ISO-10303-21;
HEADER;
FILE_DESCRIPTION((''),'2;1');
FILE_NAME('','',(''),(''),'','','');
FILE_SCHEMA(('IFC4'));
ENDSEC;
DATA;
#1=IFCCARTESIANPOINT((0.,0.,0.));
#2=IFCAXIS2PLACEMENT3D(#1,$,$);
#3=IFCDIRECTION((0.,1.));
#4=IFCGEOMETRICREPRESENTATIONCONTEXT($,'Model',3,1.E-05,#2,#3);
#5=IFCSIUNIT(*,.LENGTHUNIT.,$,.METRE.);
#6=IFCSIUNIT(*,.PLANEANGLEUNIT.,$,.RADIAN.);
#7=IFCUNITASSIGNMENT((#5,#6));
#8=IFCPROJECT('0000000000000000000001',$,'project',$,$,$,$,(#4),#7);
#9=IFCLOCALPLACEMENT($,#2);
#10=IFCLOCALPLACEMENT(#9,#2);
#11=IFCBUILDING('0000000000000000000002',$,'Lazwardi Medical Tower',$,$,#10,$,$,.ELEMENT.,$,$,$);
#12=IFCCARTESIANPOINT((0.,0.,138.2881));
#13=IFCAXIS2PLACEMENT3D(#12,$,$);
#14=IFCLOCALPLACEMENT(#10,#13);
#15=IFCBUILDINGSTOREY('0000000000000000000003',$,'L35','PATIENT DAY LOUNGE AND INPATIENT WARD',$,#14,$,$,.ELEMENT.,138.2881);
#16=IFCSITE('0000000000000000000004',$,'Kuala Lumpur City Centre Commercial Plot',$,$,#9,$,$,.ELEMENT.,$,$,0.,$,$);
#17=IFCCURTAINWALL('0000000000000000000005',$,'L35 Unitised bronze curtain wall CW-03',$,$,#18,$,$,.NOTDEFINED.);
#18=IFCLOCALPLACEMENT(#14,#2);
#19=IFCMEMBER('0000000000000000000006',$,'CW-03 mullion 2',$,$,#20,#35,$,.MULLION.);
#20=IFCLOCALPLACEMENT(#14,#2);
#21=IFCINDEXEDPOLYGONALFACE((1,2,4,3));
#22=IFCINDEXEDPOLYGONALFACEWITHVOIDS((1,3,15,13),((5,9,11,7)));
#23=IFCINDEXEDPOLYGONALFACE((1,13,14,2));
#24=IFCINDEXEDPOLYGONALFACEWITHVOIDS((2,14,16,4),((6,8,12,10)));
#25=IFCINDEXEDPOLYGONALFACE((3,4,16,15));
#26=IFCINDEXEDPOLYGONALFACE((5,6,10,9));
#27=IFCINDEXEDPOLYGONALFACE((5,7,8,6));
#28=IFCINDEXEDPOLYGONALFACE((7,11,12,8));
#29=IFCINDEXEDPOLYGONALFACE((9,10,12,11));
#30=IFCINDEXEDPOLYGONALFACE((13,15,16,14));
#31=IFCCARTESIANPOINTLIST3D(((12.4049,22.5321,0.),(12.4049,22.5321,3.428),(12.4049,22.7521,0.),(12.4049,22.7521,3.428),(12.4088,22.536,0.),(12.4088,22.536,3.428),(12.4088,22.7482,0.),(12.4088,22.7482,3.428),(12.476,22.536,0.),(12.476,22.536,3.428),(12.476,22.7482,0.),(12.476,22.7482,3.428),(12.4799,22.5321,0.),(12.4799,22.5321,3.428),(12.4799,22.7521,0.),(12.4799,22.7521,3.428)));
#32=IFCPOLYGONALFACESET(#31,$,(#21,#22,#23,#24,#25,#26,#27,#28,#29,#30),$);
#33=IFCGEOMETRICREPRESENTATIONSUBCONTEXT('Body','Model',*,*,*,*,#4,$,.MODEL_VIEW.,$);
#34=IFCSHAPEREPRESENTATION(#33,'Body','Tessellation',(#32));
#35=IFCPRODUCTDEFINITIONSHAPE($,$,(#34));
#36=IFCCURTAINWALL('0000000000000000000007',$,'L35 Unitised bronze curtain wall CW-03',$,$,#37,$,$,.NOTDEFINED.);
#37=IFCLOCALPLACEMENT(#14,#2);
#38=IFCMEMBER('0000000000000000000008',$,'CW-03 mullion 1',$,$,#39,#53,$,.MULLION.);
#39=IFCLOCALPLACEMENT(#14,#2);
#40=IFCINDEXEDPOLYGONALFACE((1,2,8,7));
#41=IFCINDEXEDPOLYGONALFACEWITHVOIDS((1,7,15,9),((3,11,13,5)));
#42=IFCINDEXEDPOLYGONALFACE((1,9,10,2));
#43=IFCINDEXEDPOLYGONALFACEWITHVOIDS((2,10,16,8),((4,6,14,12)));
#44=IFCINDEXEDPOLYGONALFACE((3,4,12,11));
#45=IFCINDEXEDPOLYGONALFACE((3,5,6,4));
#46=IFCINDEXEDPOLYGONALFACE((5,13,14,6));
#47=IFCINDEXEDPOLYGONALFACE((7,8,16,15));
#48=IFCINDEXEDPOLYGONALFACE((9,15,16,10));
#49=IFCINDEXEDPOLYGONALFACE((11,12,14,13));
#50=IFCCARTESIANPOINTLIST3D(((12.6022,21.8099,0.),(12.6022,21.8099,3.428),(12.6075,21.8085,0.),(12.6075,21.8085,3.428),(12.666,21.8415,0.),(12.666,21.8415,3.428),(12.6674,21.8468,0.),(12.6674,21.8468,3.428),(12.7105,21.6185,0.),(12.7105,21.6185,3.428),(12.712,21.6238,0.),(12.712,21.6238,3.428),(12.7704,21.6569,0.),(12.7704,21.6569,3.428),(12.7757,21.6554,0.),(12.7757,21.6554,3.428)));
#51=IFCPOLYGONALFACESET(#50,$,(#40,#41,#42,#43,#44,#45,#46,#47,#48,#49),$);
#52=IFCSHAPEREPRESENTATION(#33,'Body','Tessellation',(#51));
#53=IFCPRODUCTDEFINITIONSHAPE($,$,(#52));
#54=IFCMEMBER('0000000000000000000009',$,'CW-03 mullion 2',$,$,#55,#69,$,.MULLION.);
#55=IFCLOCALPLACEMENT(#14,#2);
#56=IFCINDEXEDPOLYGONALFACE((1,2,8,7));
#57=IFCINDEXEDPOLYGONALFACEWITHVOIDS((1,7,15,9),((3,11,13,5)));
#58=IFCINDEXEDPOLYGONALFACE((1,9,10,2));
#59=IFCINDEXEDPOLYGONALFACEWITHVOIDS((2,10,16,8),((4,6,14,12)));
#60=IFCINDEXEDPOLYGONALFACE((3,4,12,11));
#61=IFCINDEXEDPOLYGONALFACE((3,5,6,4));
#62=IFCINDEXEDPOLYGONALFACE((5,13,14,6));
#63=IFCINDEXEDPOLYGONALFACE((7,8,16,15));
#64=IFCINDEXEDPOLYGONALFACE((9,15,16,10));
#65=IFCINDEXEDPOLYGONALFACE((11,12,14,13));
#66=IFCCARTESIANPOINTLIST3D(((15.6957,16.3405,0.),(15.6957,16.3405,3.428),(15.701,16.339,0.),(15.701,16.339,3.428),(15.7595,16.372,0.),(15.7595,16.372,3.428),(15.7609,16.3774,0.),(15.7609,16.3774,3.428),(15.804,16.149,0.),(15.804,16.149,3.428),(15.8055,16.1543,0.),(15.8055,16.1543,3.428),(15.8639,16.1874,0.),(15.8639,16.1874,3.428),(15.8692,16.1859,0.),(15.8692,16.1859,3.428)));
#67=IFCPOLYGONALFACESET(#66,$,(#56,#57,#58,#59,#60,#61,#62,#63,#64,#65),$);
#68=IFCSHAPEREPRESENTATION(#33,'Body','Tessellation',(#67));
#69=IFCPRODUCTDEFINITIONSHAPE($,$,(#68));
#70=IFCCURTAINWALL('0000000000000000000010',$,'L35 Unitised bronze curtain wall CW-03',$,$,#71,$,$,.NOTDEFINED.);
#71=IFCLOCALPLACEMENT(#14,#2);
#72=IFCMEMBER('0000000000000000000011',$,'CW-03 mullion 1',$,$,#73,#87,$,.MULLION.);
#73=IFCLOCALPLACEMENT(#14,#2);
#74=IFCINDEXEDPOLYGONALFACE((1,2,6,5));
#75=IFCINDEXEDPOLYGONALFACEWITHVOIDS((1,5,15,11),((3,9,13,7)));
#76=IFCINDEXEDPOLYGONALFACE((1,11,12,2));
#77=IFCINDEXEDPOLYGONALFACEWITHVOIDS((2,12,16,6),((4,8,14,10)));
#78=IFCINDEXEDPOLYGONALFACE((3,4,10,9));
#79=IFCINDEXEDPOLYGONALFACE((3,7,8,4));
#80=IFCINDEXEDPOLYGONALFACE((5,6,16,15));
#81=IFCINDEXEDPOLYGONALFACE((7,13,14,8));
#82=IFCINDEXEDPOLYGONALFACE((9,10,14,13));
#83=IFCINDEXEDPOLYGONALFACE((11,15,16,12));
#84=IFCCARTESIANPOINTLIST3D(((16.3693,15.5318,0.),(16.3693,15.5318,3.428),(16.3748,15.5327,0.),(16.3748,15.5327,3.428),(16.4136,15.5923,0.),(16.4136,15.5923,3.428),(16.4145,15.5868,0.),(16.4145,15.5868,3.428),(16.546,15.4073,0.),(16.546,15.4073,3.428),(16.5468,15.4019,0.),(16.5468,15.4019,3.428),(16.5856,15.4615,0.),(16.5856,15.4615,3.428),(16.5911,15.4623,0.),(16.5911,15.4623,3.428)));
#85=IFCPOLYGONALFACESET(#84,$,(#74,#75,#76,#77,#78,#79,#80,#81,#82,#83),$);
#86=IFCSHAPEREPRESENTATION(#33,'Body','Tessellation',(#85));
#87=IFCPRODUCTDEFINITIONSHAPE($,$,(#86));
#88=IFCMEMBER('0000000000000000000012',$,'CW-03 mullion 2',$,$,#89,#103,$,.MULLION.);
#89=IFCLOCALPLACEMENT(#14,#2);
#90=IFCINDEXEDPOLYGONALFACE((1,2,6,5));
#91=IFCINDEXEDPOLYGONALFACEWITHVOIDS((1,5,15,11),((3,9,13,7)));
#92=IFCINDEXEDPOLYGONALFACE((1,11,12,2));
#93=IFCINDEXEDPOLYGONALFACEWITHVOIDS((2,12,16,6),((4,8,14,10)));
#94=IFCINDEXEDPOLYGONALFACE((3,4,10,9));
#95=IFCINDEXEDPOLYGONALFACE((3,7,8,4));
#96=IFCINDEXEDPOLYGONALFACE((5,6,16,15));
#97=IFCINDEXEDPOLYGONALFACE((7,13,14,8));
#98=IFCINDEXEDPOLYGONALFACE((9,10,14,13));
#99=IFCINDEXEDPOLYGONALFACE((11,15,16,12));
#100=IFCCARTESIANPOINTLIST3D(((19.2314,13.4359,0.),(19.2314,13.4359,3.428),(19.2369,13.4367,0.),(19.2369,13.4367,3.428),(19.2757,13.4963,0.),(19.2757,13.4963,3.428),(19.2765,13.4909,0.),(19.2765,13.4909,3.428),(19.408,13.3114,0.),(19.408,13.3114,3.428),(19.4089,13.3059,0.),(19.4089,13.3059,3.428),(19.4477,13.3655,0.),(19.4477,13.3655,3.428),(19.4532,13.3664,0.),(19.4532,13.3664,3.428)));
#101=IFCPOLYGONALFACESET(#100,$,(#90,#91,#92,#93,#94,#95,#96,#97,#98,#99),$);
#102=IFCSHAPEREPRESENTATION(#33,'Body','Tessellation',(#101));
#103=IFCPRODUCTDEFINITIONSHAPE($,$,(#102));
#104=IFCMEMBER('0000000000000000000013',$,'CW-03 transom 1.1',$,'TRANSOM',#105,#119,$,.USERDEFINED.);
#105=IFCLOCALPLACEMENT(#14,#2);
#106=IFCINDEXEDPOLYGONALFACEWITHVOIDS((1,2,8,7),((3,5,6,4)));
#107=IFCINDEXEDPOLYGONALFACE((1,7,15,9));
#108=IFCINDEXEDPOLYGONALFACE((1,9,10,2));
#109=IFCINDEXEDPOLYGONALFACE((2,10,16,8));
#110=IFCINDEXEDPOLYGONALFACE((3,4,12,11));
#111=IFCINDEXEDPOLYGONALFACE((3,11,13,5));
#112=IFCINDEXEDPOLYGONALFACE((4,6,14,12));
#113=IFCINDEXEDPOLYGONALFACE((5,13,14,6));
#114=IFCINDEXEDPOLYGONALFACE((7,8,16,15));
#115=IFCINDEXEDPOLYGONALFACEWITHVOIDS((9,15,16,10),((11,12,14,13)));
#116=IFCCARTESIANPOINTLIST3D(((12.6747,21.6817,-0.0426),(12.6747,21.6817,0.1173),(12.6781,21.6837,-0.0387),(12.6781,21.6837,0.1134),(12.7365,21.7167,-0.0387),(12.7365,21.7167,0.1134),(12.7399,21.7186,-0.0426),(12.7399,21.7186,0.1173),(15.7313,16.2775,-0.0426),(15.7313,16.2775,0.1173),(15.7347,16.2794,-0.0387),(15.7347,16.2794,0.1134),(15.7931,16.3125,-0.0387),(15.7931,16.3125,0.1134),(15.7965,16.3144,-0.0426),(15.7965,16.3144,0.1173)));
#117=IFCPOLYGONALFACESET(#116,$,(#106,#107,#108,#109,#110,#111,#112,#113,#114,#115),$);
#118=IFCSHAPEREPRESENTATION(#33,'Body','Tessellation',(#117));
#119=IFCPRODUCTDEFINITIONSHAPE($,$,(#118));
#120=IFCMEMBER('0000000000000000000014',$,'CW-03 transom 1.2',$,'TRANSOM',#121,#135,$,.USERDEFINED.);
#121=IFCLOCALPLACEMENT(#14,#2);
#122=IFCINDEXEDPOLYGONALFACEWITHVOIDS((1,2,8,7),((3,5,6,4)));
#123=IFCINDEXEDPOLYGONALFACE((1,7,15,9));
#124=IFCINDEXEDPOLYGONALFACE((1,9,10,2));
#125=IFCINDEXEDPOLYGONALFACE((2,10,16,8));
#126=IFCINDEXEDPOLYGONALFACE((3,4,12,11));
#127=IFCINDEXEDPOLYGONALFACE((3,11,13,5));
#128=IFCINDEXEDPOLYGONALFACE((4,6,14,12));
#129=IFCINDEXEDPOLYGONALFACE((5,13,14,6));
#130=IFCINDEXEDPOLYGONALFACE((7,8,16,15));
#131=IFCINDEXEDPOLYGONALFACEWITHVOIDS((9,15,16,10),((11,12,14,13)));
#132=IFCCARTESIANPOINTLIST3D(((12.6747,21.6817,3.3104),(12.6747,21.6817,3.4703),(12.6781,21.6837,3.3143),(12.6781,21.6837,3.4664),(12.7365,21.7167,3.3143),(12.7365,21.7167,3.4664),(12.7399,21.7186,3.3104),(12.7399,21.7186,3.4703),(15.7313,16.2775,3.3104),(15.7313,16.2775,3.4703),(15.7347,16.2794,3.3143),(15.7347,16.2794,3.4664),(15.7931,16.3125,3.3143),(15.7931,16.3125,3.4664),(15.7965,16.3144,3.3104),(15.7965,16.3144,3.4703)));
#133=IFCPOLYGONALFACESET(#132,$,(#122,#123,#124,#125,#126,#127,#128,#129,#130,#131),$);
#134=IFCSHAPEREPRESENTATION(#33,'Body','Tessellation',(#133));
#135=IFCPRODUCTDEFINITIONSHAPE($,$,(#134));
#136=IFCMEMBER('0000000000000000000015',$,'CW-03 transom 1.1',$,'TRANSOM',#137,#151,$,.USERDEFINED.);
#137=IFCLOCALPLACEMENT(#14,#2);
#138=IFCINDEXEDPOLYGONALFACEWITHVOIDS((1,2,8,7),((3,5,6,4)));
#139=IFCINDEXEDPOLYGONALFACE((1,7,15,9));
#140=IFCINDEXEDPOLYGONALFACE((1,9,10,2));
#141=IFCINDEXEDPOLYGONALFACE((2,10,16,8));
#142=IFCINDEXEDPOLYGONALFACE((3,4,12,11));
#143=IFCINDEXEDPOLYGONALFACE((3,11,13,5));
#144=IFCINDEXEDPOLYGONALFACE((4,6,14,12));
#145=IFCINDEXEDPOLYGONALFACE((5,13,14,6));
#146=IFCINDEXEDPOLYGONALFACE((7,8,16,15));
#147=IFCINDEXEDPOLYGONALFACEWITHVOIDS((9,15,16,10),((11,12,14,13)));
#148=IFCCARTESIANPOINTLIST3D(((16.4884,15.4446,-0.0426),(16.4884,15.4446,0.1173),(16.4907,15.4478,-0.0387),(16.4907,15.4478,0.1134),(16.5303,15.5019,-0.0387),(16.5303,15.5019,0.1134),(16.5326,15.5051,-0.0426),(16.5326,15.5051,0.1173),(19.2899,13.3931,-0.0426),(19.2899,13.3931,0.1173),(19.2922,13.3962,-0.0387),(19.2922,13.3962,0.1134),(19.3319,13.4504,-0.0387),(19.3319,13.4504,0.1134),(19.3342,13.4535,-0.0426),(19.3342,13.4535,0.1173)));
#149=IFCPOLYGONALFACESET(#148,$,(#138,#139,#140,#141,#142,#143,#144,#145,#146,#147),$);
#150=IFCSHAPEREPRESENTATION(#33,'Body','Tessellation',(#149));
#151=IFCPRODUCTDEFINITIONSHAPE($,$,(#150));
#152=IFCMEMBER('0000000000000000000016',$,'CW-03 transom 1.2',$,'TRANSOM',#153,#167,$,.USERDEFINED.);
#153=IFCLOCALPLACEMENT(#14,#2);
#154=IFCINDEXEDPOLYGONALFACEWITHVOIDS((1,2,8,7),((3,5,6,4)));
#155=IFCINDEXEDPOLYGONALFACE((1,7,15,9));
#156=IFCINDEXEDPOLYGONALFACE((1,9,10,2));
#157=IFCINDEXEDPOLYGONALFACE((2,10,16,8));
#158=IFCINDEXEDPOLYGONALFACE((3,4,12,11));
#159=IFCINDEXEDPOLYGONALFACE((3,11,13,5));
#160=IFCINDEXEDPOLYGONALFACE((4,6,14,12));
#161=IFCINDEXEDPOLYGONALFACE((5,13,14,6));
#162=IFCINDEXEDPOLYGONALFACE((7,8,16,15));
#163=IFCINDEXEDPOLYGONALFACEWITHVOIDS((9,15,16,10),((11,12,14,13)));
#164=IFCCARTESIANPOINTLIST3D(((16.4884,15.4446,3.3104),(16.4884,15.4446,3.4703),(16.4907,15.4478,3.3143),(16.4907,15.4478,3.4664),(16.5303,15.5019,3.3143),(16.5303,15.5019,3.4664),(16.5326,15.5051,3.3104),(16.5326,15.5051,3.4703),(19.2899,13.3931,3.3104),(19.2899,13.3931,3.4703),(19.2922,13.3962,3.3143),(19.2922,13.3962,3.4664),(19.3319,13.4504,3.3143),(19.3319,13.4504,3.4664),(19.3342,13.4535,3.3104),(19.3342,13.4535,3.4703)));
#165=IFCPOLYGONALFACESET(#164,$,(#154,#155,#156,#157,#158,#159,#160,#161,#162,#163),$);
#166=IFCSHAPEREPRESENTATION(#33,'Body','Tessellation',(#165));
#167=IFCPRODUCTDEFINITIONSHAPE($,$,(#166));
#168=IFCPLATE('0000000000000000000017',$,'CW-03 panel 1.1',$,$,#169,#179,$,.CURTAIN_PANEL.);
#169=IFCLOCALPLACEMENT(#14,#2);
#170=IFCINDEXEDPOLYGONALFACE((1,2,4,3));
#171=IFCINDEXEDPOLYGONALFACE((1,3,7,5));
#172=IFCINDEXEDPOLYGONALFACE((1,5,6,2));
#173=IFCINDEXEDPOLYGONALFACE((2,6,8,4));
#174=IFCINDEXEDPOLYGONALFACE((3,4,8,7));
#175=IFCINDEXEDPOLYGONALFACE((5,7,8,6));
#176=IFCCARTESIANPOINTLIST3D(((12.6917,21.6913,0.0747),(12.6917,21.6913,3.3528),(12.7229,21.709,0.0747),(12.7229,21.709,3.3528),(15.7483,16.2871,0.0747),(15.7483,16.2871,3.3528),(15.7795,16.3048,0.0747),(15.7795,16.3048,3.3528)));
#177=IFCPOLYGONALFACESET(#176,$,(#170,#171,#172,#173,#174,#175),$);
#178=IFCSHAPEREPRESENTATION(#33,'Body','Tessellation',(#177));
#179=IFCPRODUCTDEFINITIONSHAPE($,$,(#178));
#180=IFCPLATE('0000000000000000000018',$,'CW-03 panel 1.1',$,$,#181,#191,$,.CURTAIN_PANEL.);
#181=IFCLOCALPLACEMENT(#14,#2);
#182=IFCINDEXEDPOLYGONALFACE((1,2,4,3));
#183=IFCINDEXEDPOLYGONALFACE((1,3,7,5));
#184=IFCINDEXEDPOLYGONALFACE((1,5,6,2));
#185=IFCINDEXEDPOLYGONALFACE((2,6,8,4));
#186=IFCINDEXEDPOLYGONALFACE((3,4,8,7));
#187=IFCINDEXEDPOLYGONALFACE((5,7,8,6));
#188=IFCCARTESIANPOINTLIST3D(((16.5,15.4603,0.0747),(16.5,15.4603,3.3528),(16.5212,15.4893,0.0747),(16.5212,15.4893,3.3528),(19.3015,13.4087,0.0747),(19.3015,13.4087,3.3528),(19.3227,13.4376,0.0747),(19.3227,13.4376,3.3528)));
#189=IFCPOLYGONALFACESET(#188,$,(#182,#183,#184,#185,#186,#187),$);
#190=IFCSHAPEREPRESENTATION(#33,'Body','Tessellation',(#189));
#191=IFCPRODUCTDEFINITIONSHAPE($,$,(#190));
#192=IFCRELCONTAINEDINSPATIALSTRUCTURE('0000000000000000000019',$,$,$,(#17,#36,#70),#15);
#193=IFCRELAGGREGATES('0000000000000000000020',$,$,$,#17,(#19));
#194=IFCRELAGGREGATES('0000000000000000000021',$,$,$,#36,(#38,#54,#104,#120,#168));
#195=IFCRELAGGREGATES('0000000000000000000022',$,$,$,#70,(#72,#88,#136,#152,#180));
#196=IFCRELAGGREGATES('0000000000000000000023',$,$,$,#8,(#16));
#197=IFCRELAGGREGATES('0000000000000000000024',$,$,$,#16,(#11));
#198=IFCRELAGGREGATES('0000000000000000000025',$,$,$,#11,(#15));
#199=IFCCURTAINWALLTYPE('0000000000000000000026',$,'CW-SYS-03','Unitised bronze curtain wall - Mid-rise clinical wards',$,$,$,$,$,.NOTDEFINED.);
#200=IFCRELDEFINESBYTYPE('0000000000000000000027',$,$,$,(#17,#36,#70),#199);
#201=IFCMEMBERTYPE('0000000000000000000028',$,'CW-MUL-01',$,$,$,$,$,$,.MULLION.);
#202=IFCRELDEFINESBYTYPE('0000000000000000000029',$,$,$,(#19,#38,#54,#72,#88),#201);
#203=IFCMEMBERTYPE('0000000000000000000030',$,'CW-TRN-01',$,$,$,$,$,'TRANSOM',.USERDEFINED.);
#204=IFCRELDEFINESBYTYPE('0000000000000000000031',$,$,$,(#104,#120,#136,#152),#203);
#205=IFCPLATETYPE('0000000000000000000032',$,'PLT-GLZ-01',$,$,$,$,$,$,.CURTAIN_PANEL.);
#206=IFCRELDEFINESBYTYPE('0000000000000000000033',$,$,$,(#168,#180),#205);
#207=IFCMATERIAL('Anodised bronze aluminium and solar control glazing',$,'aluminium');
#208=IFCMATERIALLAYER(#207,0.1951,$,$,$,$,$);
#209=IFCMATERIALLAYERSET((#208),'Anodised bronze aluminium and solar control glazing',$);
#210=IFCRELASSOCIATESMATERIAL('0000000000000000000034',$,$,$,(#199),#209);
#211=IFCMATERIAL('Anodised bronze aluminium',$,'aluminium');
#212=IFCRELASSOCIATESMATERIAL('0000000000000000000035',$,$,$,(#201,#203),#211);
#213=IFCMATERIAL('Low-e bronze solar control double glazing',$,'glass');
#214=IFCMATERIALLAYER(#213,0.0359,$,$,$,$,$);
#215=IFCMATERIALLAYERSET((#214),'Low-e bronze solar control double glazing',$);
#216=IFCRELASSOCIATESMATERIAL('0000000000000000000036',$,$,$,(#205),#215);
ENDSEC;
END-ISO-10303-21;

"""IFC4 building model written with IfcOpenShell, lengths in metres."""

from ifc_helpers import new_model, si_unit, direction, frame, origin, origin_2d, place, context, subcontext, project, spatial, rectangle, hollow_rectangle, extrude, material, layer, layer_set, material_profile, profile_set, type_object, element, aggregate, save


model = new_model("IFC4")

# Units and contexts
model_context = context("Model", 3, precision=1e-05, world=origin(), true_north=direction((0.0, 1.0)))
body_context = subcontext(model_context, "Body", "Model", "MODEL_VIEW")
ifc_project = project(units=[si_unit("LENGTHUNIT", "METRE"), si_unit("PLANEANGLEUNIT", "RADIAN")], contexts=[model_context])

# Site, building, storey
site_placement = place(None, origin())
site = spatial("IfcSite", under=ifc_project, at=site_placement, Name="Kuala Lumpur City Centre Commercial Plot", CompositionType="ELEMENT", RefElevation=0.0)
building_placement = place(site_placement, origin())
building = spatial("IfcBuilding", under=site, at=building_placement, Name="Lazwardi Medical Tower", CompositionType="ELEMENT")
storey_placement = place(building_placement, frame((0.0, 0.0, 138.2881)))
storey = spatial("IfcBuildingStorey", under=building, at=storey_placement, Name="L35", Description="PATIENT DAY LOUNGE AND INPATIENT WARD", CompositionType="ELEMENT", Elevation=138.2881)

# Curtain wall, member
ifc_material_1 = material(Name="Anodised bronze aluminium and solar control glazing", Category="aluminium")
ifc_layer_1 = layer(ifc_material_1, 0.1951)
ifc_layer_set_1 = layer_set([ifc_layer_1], Name="Anodised bronze aluminium and solar control glazing")
curtain_wall_type = type_object("IfcCurtainWallType", Name="CW-SYS-03", Description="Unitised bronze curtain wall - Mid-rise clinical wards", PredefinedType="NOTDEFINED", material=ifc_layer_set_1)
curtain_wall_1_placement = place(storey_placement, origin())
curtain_wall_1 = element("IfcCurtainWall", 1, at=curtain_wall_1_placement, inside=storey, type_object=curtain_wall_type, Name="L35 Unitised bronze curtain wall CW-03", PredefinedType="NOTDEFINED")
ifc_material_2 = material(Name="Anodised bronze aluminium", Category="aluminium")
ifc_material_profile_1 = material_profile(ifc_material_2, hollow_rectangle(XDim=0.075, YDim=0.22, WallThickness=0.0039, at=origin_2d()), Name="ALU-MULLION 220x75x4")
ifc_profile_set_1 = profile_set([ifc_material_profile_1], Name="Anodised bronze aluminium")
member_type_1 = type_object("IfcMemberType", Name="CW-MUL-01", PredefinedType="MULLION", material=ifc_profile_set_1)
member_1_placement = place(storey_placement, frame((12.4424, 22.6421, 0.0), z_axis=(0.0, 0.0, 1.0), x_axis=(1.0, 0.0, 0.0)))
member_1 = element("IfcMember", 2, at=member_1_placement, type_object=member_type_1, Name="CW-03 mullion 2", PredefinedType="MULLION", context=body_context, shape_type="SweptSolid", body=[
    extrude(hollow_rectangle(XDim=0.075, YDim=0.22, WallThickness=0.0039, at=origin_2d()), origin(), (0.0, 0.0, 1.0), 3.428),
])
aggregate(curtain_wall_1, [member_1])

# Curtain walls, members
curtain_wall_2_placement = place(storey_placement, origin())
curtain_wall_2 = element("IfcCurtainWall", 3, at=curtain_wall_2_placement, inside=storey, type_object=curtain_wall_type, Name="L35 Unitised bronze curtain wall CW-03", PredefinedType="NOTDEFINED")
member_2_placement = place(storey_placement, frame((12.689, 21.7327, 0.0), z_axis=(0.0, 0.0, 1.0), x_axis=(0.870419, 0.492312, 0.0)))
member_2 = element("IfcMember", 4, at=member_2_placement, type_object=member_type_1, Name="CW-03 mullion 1", PredefinedType="MULLION", context=body_context, shape_type="SweptSolid", body=[
    extrude(hollow_rectangle(XDim=0.075, YDim=0.22, WallThickness=0.0039, at=origin_2d()), origin(), (0.0, 0.0, 1.0), 3.428),
])
member_3_placement = place(storey_placement, frame((15.7825, 16.2632, 0.0), z_axis=(0.0, 0.0, 1.0), x_axis=(0.870419, 0.492312, 0.0)))
member_3 = element("IfcMember", 5, at=member_3_placement, type_object=member_type_1, Name="CW-03 mullion 2", PredefinedType="MULLION", context=body_context, shape_type="SweptSolid", body=[
    extrude(hollow_rectangle(XDim=0.075, YDim=0.22, WallThickness=0.0039, at=origin_2d()), origin(), (0.0, 0.0, 1.0), 3.428),
])
curtain_wall_3_placement = place(storey_placement, origin())
curtain_wall_3 = element("IfcCurtainWall", 6, at=curtain_wall_3_placement, inside=storey, type_object=curtain_wall_type, Name="L35 Unitised bronze curtain wall CW-03", PredefinedType="NOTDEFINED")
member_4_placement = place(storey_placement, frame((16.4802, 15.4971, 0.0), z_axis=(0.0, 0.0, 1.0), x_axis=(0.590834, 0.806793, 0.0)))
member_4 = element("IfcMember", 7, at=member_4_placement, type_object=member_type_1, Name="CW-03 mullion 1", PredefinedType="MULLION", context=body_context, shape_type="SweptSolid", body=[
    extrude(hollow_rectangle(XDim=0.075, YDim=0.22, WallThickness=0.0039, at=origin_2d()), origin(), (0.0, 0.0, 1.0), 3.428),
])
member_5_placement = place(storey_placement, frame((19.3423, 13.4011, 0.0), z_axis=(0.0, 0.0, 1.0), x_axis=(0.590834, 0.806793, 0.0)))
member_5 = element("IfcMember", 8, at=member_5_placement, type_object=member_type_1, Name="CW-03 mullion 2", PredefinedType="MULLION", context=body_context, shape_type="SweptSolid", body=[
    extrude(hollow_rectangle(XDim=0.075, YDim=0.22, WallThickness=0.0039, at=origin_2d()), origin(), (0.0, 0.0, 1.0), 3.428),
])

# Members
ifc_material_profile_2 = material_profile(ifc_material_2, hollow_rectangle(XDim=0.075, YDim=0.1599, WallThickness=0.0039, at=origin_2d()), Name="ALU-TRANSOM 160x75x4")
ifc_profile_set_2 = profile_set([ifc_material_profile_2], Name="Anodised bronze aluminium")
member_type_2 = type_object("IfcMemberType", Name="CW-TRN-01", ElementType="TRANSOM", PredefinedType="USERDEFINED", material=ifc_profile_set_2)
member_6_placement = place(storey_placement, frame((12.7073, 21.7002, 0.0374), z_axis=(0.492306, -0.870422, 0.0), x_axis=(0.870422, 0.492306, 0.0)))
member_6 = element("IfcMember", 9, at=member_6_placement, type_object=member_type_2, Name="CW-03 transom 1.1", ObjectType="TRANSOM", PredefinedType="USERDEFINED", context=body_context, shape_type="SweptSolid", body=[
    extrude(hollow_rectangle(XDim=0.075, YDim=0.1599, WallThickness=0.0039, at=origin_2d()), origin(), (0.0, 0.0, 1.0), 6.2087),
])
member_7_placement = place(storey_placement, frame((12.7073, 21.7002, 3.3904), z_axis=(0.492306, -0.870422, 0.0), x_axis=(0.870422, 0.492306, 0.0)))
member_7 = element("IfcMember", 10, at=member_7_placement, type_object=member_type_2, Name="CW-03 transom 1.2", ObjectType="TRANSOM", PredefinedType="USERDEFINED", context=body_context, shape_type="SweptSolid", body=[
    extrude(hollow_rectangle(XDim=0.075, YDim=0.1599, WallThickness=0.0039, at=origin_2d()), origin(), (0.0, 0.0, 1.0), 6.2087),
])
member_8_placement = place(storey_placement, frame((16.5105, 15.4749, 0.0374), z_axis=(0.806807, -0.590815, 0.0), x_axis=(0.590815, 0.806807, 0.0)))
member_8 = element("IfcMember", 11, at=member_8_placement, type_object=member_type_2, Name="CW-03 transom 1.1", ObjectType="TRANSOM", PredefinedType="USERDEFINED", context=body_context, shape_type="SweptSolid", body=[
    extrude(hollow_rectangle(XDim=0.075, YDim=0.1599, WallThickness=0.0039, at=origin_2d()), origin(), (0.0, 0.0, 1.0), 3.4724),
])
member_9_placement = place(storey_placement, frame((16.5105, 15.4749, 3.3904), z_axis=(0.806807, -0.590815, 0.0), x_axis=(0.590815, 0.806807, 0.0)))
member_9 = element("IfcMember", 12, at=member_9_placement, type_object=member_type_2, Name="CW-03 transom 1.2", ObjectType="TRANSOM", PredefinedType="USERDEFINED", context=body_context, shape_type="SweptSolid", body=[
    extrude(hollow_rectangle(XDim=0.075, YDim=0.1599, WallThickness=0.0039, at=origin_2d()), origin(), (0.0, 0.0, 1.0), 3.4724),
])

# Plates
ifc_material_3 = material(Name="Low-e bronze solar control double glazing", Category="glass")
ifc_layer_2 = layer(ifc_material_3, 0.0359)
ifc_layer_set_2 = layer_set([ifc_layer_2], Name="Low-e bronze solar control double glazing")
plate_type = type_object("IfcPlateType", Name="PLT-GLZ-01", PredefinedType="CURTAIN_PANEL", material=ifc_layer_set_2)
plate_1_placement = place(storey_placement, frame((14.2356, 18.998, 0.0747), z_axis=(0.0, 0.0, 1.0), x_axis=(0.492312, -0.870419, 0.0)))
plate_1 = element("IfcPlate", 13, at=plate_1_placement, type_object=plate_type, Name="CW-03 panel 1.1", PredefinedType="CURTAIN_PANEL", context=body_context, shape_type="SweptSolid", body=[
    extrude(rectangle(XDim=6.2087, YDim=0.0359, at=origin_2d()), origin(), (0.0, 0.0, 1.0), 3.2781),
])
aggregate(curtain_wall_2, [member_2, member_3, member_6, member_7, plate_1])
plate_2_placement = place(storey_placement, frame((17.9114, 14.449, 0.0747), z_axis=(0.0, 0.0, 1.0), x_axis=(0.806793, -0.590834, 0.0)))
plate_2 = element("IfcPlate", 14, at=plate_2_placement, type_object=plate_type, Name="CW-03 panel 1.1", PredefinedType="CURTAIN_PANEL", context=body_context, shape_type="SweptSolid", body=[
    extrude(rectangle(XDim=3.4724, YDim=0.0359, at=origin_2d()), origin(), (0.0, 0.0, 1.0), 3.2781),
])
aggregate(curtain_wall_3, [member_4, member_5, member_8, member_9, plate_2])

save(model, "model.ifc")
